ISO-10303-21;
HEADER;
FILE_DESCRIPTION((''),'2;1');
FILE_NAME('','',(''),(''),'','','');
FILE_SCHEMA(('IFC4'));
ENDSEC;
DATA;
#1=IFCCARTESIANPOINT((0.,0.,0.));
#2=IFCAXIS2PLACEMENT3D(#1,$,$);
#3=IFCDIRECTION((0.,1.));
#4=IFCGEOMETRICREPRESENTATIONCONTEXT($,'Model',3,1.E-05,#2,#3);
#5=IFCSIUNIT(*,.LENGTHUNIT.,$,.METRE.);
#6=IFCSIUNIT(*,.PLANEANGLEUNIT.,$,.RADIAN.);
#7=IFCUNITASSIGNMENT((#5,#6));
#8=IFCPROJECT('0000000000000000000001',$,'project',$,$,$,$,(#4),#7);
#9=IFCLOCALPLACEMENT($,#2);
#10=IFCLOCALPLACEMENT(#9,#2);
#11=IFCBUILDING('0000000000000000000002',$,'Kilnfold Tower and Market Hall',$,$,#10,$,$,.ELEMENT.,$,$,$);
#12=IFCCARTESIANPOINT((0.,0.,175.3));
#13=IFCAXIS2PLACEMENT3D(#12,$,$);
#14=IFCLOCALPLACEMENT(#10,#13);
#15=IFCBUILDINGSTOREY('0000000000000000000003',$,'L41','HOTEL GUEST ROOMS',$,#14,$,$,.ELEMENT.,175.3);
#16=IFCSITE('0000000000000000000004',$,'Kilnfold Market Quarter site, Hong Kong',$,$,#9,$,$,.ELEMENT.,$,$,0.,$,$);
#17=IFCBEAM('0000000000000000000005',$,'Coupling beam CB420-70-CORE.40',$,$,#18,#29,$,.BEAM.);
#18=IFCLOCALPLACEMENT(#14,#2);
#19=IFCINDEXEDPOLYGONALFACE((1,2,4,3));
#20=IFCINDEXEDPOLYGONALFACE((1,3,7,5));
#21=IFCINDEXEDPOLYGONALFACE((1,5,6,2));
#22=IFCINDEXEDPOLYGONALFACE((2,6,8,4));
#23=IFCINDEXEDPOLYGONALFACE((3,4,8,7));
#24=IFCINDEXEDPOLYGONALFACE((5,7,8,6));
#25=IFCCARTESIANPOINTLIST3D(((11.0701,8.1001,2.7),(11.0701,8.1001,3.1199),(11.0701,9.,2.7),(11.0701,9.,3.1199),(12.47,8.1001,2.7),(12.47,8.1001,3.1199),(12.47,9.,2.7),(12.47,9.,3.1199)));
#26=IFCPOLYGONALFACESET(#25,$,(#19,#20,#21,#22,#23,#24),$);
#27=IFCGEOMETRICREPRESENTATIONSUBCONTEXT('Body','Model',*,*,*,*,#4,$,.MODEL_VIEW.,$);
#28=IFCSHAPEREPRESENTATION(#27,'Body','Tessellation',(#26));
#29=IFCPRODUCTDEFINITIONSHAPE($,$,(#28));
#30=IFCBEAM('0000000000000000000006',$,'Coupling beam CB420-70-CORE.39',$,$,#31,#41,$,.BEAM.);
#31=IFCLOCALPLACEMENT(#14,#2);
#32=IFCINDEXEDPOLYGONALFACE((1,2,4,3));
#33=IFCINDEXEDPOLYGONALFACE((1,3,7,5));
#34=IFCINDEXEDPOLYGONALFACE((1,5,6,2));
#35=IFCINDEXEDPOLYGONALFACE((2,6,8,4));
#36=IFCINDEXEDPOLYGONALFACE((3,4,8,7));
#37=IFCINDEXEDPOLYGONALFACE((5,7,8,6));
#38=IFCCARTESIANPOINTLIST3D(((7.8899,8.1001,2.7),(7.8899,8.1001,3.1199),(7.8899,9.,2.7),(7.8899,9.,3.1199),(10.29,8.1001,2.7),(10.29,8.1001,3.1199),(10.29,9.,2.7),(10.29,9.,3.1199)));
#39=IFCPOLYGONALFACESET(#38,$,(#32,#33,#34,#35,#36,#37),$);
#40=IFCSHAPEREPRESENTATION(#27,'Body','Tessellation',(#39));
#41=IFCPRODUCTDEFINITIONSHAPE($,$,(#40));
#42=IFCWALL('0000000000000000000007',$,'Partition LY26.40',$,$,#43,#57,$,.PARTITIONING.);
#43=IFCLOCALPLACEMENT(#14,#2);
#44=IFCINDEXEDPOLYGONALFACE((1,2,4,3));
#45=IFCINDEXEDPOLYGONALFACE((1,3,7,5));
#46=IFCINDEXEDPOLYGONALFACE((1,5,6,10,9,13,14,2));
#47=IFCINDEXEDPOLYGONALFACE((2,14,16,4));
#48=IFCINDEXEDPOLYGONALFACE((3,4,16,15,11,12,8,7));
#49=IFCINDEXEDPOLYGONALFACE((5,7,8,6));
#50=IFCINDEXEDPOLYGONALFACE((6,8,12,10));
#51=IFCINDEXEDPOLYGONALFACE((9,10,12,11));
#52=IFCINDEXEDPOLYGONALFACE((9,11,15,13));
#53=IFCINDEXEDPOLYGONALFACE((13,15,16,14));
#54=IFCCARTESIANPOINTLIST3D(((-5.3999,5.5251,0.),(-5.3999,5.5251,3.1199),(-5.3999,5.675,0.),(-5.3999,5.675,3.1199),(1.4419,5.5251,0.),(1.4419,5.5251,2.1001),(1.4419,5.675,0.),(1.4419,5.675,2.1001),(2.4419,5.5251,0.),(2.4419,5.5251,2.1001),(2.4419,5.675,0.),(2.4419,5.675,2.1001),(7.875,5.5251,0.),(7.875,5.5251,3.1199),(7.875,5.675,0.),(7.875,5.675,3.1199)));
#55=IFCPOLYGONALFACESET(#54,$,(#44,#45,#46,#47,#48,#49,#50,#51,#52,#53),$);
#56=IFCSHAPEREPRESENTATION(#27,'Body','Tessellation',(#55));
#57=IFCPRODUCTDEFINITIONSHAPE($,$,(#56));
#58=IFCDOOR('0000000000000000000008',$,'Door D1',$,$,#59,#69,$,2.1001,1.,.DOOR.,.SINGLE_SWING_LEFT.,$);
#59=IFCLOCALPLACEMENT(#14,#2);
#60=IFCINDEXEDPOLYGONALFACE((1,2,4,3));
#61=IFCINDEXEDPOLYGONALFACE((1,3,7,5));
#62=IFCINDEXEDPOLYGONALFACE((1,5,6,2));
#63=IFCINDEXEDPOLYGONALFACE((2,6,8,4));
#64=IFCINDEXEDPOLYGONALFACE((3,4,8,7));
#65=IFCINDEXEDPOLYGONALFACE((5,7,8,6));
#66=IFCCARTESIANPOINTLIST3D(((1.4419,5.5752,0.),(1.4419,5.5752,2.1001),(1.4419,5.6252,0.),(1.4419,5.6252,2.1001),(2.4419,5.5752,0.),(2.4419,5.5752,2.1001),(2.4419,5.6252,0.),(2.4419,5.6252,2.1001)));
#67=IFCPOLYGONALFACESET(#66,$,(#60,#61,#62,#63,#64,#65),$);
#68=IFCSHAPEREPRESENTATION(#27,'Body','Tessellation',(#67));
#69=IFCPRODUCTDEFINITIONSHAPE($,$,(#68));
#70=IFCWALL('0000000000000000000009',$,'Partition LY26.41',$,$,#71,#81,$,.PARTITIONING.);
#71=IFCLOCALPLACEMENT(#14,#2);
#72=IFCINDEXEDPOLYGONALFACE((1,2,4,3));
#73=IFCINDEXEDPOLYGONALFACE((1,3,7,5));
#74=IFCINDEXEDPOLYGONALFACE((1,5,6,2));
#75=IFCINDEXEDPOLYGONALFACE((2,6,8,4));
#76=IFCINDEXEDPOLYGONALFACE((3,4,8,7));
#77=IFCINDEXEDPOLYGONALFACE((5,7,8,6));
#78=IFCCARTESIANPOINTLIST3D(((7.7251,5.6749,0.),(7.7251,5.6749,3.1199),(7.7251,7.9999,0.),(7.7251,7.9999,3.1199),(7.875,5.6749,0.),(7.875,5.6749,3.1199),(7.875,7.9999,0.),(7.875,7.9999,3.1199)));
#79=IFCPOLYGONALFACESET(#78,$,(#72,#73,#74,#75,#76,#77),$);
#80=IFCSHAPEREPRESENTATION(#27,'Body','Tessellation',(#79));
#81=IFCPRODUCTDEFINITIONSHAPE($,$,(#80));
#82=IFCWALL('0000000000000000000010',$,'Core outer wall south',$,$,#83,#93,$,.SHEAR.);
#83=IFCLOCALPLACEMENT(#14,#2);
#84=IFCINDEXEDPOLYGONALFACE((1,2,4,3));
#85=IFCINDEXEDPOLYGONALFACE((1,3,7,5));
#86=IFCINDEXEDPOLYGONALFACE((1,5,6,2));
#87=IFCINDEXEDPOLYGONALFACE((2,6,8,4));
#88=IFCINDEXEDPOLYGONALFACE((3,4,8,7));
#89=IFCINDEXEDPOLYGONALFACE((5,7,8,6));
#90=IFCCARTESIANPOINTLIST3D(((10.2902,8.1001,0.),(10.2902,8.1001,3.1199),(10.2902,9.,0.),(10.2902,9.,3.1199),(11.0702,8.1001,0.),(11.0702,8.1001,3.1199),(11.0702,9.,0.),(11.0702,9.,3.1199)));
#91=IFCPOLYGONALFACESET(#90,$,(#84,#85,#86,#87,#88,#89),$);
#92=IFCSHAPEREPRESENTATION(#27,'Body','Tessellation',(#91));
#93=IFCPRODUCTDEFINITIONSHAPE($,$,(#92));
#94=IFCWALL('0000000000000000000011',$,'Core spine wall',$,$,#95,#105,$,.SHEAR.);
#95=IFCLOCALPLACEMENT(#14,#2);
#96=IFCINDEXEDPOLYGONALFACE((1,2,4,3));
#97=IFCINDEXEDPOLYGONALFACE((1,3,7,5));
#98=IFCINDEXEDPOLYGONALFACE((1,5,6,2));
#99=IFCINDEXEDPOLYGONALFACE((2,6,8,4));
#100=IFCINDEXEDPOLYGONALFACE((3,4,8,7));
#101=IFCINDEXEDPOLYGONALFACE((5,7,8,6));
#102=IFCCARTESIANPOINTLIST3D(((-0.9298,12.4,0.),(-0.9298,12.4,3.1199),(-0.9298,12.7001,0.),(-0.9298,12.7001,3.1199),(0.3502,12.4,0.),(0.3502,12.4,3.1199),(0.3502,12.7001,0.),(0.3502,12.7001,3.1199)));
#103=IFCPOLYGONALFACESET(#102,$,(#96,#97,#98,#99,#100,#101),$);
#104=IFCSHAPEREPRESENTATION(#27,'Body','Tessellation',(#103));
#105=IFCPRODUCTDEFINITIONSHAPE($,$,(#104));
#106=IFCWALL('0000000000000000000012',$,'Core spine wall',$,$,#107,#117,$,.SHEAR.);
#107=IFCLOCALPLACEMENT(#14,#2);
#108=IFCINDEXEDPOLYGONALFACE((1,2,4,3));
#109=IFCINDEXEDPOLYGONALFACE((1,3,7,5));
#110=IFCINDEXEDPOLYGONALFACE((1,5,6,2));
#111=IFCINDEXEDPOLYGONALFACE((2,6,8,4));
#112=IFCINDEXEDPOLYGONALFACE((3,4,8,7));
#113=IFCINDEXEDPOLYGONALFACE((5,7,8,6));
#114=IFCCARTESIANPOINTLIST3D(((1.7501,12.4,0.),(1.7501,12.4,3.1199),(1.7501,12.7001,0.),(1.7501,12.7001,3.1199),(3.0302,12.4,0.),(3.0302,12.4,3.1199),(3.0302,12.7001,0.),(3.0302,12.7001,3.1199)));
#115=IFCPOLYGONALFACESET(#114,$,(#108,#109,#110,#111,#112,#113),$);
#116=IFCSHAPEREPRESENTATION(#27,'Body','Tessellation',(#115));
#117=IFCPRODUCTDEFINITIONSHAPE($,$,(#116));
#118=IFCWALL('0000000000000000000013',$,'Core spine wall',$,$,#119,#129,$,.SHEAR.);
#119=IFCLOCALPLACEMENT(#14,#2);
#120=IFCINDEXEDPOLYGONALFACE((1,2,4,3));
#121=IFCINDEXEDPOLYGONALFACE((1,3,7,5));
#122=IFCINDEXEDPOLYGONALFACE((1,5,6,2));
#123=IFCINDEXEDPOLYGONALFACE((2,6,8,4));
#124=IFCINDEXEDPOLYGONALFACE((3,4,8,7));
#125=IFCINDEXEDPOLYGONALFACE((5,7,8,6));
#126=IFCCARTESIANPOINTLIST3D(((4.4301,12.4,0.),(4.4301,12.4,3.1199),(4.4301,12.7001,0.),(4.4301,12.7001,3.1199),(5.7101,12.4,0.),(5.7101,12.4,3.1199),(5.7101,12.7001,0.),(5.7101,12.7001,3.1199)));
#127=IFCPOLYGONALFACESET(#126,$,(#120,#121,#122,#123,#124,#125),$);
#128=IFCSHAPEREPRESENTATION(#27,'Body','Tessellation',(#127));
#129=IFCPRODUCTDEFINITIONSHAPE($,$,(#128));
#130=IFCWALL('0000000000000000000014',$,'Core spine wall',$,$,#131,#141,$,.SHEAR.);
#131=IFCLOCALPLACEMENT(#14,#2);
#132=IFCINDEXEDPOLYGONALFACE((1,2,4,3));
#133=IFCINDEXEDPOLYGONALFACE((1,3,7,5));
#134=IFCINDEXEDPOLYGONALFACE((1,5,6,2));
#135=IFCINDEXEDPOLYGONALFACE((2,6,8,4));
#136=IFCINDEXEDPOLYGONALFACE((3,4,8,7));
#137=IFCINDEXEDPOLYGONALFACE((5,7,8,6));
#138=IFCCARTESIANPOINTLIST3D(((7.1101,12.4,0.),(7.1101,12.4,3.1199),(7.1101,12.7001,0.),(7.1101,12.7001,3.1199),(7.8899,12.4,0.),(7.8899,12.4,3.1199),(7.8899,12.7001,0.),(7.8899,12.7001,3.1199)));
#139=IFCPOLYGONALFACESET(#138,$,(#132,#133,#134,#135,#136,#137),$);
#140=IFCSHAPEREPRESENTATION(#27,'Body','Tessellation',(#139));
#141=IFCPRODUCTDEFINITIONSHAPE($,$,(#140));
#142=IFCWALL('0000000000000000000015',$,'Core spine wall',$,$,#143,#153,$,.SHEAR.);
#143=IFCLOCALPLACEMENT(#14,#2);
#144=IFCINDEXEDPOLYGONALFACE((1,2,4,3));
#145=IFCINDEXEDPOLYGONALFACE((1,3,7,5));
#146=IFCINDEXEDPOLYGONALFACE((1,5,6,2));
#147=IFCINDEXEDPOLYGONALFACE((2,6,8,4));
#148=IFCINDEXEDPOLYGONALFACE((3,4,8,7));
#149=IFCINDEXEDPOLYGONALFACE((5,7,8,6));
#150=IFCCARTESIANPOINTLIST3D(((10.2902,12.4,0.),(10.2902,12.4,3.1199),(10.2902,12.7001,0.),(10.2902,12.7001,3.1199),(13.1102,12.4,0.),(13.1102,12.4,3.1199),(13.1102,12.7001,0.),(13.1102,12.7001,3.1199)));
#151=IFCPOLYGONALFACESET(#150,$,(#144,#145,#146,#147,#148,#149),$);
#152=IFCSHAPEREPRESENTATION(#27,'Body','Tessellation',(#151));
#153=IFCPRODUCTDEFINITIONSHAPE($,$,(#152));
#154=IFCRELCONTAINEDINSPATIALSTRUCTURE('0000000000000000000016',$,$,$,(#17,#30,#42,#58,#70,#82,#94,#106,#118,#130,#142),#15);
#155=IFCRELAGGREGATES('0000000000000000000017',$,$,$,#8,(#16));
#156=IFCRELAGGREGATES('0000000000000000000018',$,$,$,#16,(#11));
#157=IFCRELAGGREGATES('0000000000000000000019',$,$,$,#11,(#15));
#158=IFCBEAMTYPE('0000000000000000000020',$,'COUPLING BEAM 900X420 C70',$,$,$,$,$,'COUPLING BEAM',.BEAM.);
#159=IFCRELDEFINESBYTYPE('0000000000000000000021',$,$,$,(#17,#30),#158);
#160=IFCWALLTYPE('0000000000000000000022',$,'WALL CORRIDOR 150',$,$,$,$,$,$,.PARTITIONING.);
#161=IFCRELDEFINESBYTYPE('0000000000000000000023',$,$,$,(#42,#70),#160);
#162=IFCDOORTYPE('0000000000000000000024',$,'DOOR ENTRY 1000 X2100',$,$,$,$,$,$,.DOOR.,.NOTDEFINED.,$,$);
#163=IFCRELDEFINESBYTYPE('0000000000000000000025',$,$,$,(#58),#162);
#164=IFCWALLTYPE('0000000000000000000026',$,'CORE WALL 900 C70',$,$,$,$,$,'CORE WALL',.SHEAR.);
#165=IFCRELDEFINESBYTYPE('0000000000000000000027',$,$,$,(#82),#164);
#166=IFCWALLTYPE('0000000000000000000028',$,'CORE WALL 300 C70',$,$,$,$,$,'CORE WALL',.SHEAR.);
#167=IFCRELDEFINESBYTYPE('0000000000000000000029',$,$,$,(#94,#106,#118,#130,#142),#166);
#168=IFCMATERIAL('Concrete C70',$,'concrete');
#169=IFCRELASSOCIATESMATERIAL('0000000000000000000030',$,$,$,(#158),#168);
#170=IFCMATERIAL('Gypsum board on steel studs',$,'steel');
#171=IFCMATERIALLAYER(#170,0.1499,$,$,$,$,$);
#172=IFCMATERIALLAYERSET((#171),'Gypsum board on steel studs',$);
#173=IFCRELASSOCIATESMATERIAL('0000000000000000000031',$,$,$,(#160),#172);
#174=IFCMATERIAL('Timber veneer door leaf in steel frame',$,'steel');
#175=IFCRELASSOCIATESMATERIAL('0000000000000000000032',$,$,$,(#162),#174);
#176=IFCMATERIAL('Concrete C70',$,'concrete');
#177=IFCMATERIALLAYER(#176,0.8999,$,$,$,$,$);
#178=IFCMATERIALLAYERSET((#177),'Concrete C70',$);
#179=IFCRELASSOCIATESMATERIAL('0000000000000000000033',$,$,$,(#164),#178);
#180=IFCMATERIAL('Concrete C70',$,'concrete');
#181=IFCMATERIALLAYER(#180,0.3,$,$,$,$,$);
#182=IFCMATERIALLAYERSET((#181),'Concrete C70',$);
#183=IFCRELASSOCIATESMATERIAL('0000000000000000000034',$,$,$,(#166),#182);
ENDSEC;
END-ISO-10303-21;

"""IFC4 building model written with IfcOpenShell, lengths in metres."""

from ifc_helpers import new_model, si_unit, direction, frame, frame_2d, origin, origin_2d, place, context, subcontext, project, spatial, rectangle, extrude, source, transform, mapped, material, layer, layer_set, material_profile, profile_set, type_object, element, fill, save


model = new_model("IFC4")

# Units and contexts
model_context = context("Model", 3, precision=1e-05, world=origin(), true_north=direction((0.0, 1.0)))
body_context = subcontext(model_context, "Body", "Model", "MODEL_VIEW")
ifc_project = project(units=[si_unit("LENGTHUNIT", "METRE"), si_unit("PLANEANGLEUNIT", "RADIAN")], contexts=[model_context])

# Site, building, storey
site_placement = place(None, origin())
site = spatial("IfcSite", under=ifc_project, at=site_placement, Name="Kilnfold Market Quarter site, Hong Kong", CompositionType="ELEMENT", RefElevation=0.0)
building_placement = place(site_placement, origin())
building = spatial("IfcBuilding", under=site, at=building_placement, Name="Kilnfold Tower and Market Hall", CompositionType="ELEMENT")
storey_placement = place(building_placement, frame((0.0, 0.0, 175.3)))
storey = spatial("IfcBuildingStorey", under=building, at=storey_placement, Name="L41", Description="HOTEL GUEST ROOMS", CompositionType="ELEMENT", Elevation=175.3)

# Beams
ifc_material_1 = material(Name="Concrete C70", Category="concrete")
ifc_material_profile = material_profile(ifc_material_1, rectangle(XDim=0.8999, YDim=0.4199, at=origin_2d()), Name="RC 900x420")
ifc_profile_set = profile_set([ifc_material_profile], Name="Concrete C70")
beam_type = type_object("IfcBeamType", Name="COUPLING BEAM 900X420 C70", ElementType="COUPLING BEAM", PredefinedType="BEAM", material=ifc_profile_set)
shared_shape_1 = source(origin(), body_context, "Body", "SweptSolid", [
    extrude(rectangle(XDim=0.8999, YDim=0.4199, at=origin_2d()), origin(), (0.0, 0.0, 1.0), 1.3999),
])
beam_1_placement = place(storey_placement, frame((11.0701, 8.55, 2.9099), z_axis=(1.0, 0.0, 0.0), x_axis=(0.0, 1.0, 0.0)))
element("IfcBeam", 1, at=beam_1_placement, inside=storey, type_object=beam_type, Name="Coupling beam CB420-70-CORE.40", PredefinedType="BEAM", context=body_context, shape_type="MappedRepresentation", body=[
    mapped(shared_shape_1, transform((0.0, 0.0, 0.0))),
])
shared_shape_2 = source(origin(), body_context, "Body", "SweptSolid", [
    extrude(rectangle(XDim=0.8999, YDim=0.4199, at=origin_2d()), origin(), (0.0, 0.0, 1.0), 2.4001),
])
beam_2_placement = place(storey_placement, frame((7.8899, 8.55, 2.9099), z_axis=(1.0, 0.0, 0.0), x_axis=(0.0, 1.0, 0.0)))
element("IfcBeam", 2, at=beam_2_placement, inside=storey, type_object=beam_type, Name="Coupling beam CB420-70-CORE.39", PredefinedType="BEAM", context=body_context, shape_type="MappedRepresentation", body=[
    mapped(shared_shape_2, transform((0.0, 0.0, 0.0))),
])

# Wall, opening, door
ifc_material_2 = material(Name="Gypsum board on steel studs", Category="steel")
ifc_layer_1 = layer(ifc_material_2, 0.1499)
ifc_layer_set_1 = layer_set([ifc_layer_1], Name="Gypsum board on steel studs")
wall_type_1 = type_object("IfcWallType", Name="WALL CORRIDOR 150", PredefinedType="PARTITIONING", material=ifc_layer_set_1)
wall_1_placement = place(storey_placement, frame((7.875, 5.6001, 0.0), z_axis=(0.0, 0.0, 1.0), x_axis=(-1.0, 0.0, 0.0)))
wall_1 = element("IfcWall", 3, at=wall_1_placement, inside=storey, type_object=wall_type_1, Name="Partition LY26.40", PredefinedType="PARTITIONING", context=body_context, shape_type="SweptSolid", body=[
    extrude(rectangle(XDim=13.2749, YDim=0.1499, at=frame_2d((6.6375, 0.0))), origin(), (0.0, 0.0, 1.0), 3.1199),
])
opening_1_placement = place(wall_1_placement, frame((5.4331, 0.0, 0.0)))
opening_1 = element("IfcOpeningElement", 4, at=opening_1_placement, cuts=wall_1, PredefinedType="OPENING", context=body_context, shape_type="SweptSolid", body=[
    extrude(rectangle(XDim=1.0, YDim=2.1001, at=frame_2d((0.5, 1.05))), frame((0.0, 0.085, 0.0), z_axis=(0.0, -1.0, 0.0), x_axis=(1.0, 0.0, 0.0)), (0.0, 0.0, 1.0), 0.1699),
])
ifc_material_3 = material(Name="Timber veneer door leaf in steel frame", Category="steel")
door_type_1 = type_object("IfcDoorType", Name="DOOR ENTRY 1000 X2100", OperationType="NOTDEFINED", PredefinedType="DOOR", material=ifc_material_3)
door_1_placement = place(opening_1_placement, origin())
door_1 = element("IfcDoor", 5, at=door_1_placement, inside=storey, type_object=door_type_1, Name="Door D1", OperationType="SINGLE_SWING_LEFT", OverallHeight=2.1001, OverallWidth=1.0, PredefinedType="DOOR", context=body_context, shape_type="SweptSolid", body=[
    extrude(rectangle(XDim=1.0, YDim=2.1001, at=frame_2d((0.5, 1.05))), frame((0.0, 0.0249, 0.0), z_axis=(0.0, -1.0, 0.0), x_axis=(1.0, 0.0, 0.0)), (0.0, 0.0, 1.0), 0.05),
])
fill(opening_1, door_1)

# Walls
wall_2_placement = place(storey_placement, frame((7.8, 8.0, 0.0), z_axis=(0.0, 0.0, 1.0), x_axis=(0.0, -1.0, 0.0)))
element("IfcWall", 6, at=wall_2_placement, inside=storey, type_object=wall_type_1, Name="Partition LY26.41", PredefinedType="PARTITIONING", context=body_context, shape_type="SweptSolid", body=[
    extrude(rectangle(XDim=2.325, YDim=0.1499, at=frame_2d((1.1626, 0.0))), origin(), (0.0, 0.0, 1.0), 3.1199),
])
ifc_material_4 = material(Name="Concrete C70", Category="concrete")
ifc_layer_2 = layer(ifc_material_4, 0.8999)
ifc_layer_set_2 = layer_set([ifc_layer_2], Name="Concrete C70")
wall_type_2 = type_object("IfcWallType", Name="CORE WALL 900 C70", ElementType="CORE WALL", PredefinedType="SHEAR", material=ifc_layer_set_2)
shared_shape_3 = source(origin(), body_context, "Body", "SweptSolid", [
    extrude(rectangle(XDim=0.78, YDim=0.8999, at=frame_2d((0.3901, 0.0))), origin(), (0.0, 0.0, 1.0), 3.1199),
])
wall_3_placement = place(storey_placement, frame((10.29, 8.55, 0.0), z_axis=(0.0, 0.0, 1.0), x_axis=(1.0, 0.0, 0.0)))
element("IfcWall", 7, at=wall_3_placement, inside=storey, type_object=wall_type_2, Name="Core outer wall south", PredefinedType="SHEAR", context=body_context, shape_type="MappedRepresentation", body=[
    mapped(shared_shape_3, transform((0.0, 0.0, 0.0))),
])
ifc_material_5 = material(Name="Concrete C70", Category="concrete")
ifc_layer_3 = layer(ifc_material_5, 0.3)
ifc_layer_set_3 = layer_set([ifc_layer_3], Name="Concrete C70")
wall_type_3 = type_object("IfcWallType", Name="CORE WALL 300 C70", ElementType="CORE WALL", PredefinedType="SHEAR", material=ifc_layer_set_3)
shared_shape_4 = source(origin(), body_context, "Body", "SweptSolid", [
    extrude(rectangle(XDim=1.28, YDim=0.3, at=frame_2d((0.6401, 0.0))), origin(), (0.0, 0.0, 1.0), 3.1199),
])
for number, where, z_axis, x_axis, name in (
    (8, (-0.9299, 12.55, 0.0), (0.0, 0.0, 1.0), (1.0, 0.0, 0.0), "Core spine wall"),
    (9, (1.75, 12.55, 0.0), (0.0, 0.0, 1.0), (1.0, 0.0, 0.0), "Core spine wall"),
    (10, (4.4299, 12.55, 0.0), (0.0, 0.0, 1.0), (1.0, 0.0, 0.0), "Core spine wall"),
):
    element("IfcWall", number, at=place(storey_placement, frame(where, z_axis=z_axis, x_axis=x_axis)), inside=storey, type_object=wall_type_3, Name=name, PredefinedType="SHEAR", context=body_context, shape_type="MappedRepresentation", body=[
        mapped(shared_shape_4, transform((0.0, 0.0, 0.0))),
    ])
shared_shape_5 = source(origin(), body_context, "Body", "SweptSolid", [
    extrude(rectangle(XDim=0.7798, YDim=0.3, at=frame_2d((0.3899, 0.0))), origin(), (0.0, 0.0, 1.0), 3.1199),
])
wall_4_placement = place(storey_placement, frame((7.1101, 12.55, 0.0), z_axis=(0.0, 0.0, 1.0), x_axis=(1.0, 0.0, 0.0)))
element("IfcWall", 11, at=wall_4_placement, inside=storey, type_object=wall_type_3, Name="Core spine wall", PredefinedType="SHEAR", context=body_context, shape_type="MappedRepresentation", body=[
    mapped(shared_shape_5, transform((0.0, 0.0, 0.0))),
])
shared_shape_6 = source(origin(), body_context, "Body", "SweptSolid", [
    extrude(rectangle(XDim=2.8201, YDim=0.3, at=frame_2d((1.4102, 0.0))), origin(), (0.0, 0.0, 1.0), 3.1199),
])
wall_5_placement = place(storey_placement, frame((10.29, 12.55, 0.0), z_axis=(0.0, 0.0, 1.0), x_axis=(1.0, 0.0, 0.0)))
element("IfcWall", 12, at=wall_5_placement, inside=storey, type_object=wall_type_3, Name="Core spine wall", PredefinedType="SHEAR", context=body_context, shape_type="MappedRepresentation", body=[
    mapped(shared_shape_6, transform((0.0, 0.0, 0.0))),
])

save(model, "model.ifc")
